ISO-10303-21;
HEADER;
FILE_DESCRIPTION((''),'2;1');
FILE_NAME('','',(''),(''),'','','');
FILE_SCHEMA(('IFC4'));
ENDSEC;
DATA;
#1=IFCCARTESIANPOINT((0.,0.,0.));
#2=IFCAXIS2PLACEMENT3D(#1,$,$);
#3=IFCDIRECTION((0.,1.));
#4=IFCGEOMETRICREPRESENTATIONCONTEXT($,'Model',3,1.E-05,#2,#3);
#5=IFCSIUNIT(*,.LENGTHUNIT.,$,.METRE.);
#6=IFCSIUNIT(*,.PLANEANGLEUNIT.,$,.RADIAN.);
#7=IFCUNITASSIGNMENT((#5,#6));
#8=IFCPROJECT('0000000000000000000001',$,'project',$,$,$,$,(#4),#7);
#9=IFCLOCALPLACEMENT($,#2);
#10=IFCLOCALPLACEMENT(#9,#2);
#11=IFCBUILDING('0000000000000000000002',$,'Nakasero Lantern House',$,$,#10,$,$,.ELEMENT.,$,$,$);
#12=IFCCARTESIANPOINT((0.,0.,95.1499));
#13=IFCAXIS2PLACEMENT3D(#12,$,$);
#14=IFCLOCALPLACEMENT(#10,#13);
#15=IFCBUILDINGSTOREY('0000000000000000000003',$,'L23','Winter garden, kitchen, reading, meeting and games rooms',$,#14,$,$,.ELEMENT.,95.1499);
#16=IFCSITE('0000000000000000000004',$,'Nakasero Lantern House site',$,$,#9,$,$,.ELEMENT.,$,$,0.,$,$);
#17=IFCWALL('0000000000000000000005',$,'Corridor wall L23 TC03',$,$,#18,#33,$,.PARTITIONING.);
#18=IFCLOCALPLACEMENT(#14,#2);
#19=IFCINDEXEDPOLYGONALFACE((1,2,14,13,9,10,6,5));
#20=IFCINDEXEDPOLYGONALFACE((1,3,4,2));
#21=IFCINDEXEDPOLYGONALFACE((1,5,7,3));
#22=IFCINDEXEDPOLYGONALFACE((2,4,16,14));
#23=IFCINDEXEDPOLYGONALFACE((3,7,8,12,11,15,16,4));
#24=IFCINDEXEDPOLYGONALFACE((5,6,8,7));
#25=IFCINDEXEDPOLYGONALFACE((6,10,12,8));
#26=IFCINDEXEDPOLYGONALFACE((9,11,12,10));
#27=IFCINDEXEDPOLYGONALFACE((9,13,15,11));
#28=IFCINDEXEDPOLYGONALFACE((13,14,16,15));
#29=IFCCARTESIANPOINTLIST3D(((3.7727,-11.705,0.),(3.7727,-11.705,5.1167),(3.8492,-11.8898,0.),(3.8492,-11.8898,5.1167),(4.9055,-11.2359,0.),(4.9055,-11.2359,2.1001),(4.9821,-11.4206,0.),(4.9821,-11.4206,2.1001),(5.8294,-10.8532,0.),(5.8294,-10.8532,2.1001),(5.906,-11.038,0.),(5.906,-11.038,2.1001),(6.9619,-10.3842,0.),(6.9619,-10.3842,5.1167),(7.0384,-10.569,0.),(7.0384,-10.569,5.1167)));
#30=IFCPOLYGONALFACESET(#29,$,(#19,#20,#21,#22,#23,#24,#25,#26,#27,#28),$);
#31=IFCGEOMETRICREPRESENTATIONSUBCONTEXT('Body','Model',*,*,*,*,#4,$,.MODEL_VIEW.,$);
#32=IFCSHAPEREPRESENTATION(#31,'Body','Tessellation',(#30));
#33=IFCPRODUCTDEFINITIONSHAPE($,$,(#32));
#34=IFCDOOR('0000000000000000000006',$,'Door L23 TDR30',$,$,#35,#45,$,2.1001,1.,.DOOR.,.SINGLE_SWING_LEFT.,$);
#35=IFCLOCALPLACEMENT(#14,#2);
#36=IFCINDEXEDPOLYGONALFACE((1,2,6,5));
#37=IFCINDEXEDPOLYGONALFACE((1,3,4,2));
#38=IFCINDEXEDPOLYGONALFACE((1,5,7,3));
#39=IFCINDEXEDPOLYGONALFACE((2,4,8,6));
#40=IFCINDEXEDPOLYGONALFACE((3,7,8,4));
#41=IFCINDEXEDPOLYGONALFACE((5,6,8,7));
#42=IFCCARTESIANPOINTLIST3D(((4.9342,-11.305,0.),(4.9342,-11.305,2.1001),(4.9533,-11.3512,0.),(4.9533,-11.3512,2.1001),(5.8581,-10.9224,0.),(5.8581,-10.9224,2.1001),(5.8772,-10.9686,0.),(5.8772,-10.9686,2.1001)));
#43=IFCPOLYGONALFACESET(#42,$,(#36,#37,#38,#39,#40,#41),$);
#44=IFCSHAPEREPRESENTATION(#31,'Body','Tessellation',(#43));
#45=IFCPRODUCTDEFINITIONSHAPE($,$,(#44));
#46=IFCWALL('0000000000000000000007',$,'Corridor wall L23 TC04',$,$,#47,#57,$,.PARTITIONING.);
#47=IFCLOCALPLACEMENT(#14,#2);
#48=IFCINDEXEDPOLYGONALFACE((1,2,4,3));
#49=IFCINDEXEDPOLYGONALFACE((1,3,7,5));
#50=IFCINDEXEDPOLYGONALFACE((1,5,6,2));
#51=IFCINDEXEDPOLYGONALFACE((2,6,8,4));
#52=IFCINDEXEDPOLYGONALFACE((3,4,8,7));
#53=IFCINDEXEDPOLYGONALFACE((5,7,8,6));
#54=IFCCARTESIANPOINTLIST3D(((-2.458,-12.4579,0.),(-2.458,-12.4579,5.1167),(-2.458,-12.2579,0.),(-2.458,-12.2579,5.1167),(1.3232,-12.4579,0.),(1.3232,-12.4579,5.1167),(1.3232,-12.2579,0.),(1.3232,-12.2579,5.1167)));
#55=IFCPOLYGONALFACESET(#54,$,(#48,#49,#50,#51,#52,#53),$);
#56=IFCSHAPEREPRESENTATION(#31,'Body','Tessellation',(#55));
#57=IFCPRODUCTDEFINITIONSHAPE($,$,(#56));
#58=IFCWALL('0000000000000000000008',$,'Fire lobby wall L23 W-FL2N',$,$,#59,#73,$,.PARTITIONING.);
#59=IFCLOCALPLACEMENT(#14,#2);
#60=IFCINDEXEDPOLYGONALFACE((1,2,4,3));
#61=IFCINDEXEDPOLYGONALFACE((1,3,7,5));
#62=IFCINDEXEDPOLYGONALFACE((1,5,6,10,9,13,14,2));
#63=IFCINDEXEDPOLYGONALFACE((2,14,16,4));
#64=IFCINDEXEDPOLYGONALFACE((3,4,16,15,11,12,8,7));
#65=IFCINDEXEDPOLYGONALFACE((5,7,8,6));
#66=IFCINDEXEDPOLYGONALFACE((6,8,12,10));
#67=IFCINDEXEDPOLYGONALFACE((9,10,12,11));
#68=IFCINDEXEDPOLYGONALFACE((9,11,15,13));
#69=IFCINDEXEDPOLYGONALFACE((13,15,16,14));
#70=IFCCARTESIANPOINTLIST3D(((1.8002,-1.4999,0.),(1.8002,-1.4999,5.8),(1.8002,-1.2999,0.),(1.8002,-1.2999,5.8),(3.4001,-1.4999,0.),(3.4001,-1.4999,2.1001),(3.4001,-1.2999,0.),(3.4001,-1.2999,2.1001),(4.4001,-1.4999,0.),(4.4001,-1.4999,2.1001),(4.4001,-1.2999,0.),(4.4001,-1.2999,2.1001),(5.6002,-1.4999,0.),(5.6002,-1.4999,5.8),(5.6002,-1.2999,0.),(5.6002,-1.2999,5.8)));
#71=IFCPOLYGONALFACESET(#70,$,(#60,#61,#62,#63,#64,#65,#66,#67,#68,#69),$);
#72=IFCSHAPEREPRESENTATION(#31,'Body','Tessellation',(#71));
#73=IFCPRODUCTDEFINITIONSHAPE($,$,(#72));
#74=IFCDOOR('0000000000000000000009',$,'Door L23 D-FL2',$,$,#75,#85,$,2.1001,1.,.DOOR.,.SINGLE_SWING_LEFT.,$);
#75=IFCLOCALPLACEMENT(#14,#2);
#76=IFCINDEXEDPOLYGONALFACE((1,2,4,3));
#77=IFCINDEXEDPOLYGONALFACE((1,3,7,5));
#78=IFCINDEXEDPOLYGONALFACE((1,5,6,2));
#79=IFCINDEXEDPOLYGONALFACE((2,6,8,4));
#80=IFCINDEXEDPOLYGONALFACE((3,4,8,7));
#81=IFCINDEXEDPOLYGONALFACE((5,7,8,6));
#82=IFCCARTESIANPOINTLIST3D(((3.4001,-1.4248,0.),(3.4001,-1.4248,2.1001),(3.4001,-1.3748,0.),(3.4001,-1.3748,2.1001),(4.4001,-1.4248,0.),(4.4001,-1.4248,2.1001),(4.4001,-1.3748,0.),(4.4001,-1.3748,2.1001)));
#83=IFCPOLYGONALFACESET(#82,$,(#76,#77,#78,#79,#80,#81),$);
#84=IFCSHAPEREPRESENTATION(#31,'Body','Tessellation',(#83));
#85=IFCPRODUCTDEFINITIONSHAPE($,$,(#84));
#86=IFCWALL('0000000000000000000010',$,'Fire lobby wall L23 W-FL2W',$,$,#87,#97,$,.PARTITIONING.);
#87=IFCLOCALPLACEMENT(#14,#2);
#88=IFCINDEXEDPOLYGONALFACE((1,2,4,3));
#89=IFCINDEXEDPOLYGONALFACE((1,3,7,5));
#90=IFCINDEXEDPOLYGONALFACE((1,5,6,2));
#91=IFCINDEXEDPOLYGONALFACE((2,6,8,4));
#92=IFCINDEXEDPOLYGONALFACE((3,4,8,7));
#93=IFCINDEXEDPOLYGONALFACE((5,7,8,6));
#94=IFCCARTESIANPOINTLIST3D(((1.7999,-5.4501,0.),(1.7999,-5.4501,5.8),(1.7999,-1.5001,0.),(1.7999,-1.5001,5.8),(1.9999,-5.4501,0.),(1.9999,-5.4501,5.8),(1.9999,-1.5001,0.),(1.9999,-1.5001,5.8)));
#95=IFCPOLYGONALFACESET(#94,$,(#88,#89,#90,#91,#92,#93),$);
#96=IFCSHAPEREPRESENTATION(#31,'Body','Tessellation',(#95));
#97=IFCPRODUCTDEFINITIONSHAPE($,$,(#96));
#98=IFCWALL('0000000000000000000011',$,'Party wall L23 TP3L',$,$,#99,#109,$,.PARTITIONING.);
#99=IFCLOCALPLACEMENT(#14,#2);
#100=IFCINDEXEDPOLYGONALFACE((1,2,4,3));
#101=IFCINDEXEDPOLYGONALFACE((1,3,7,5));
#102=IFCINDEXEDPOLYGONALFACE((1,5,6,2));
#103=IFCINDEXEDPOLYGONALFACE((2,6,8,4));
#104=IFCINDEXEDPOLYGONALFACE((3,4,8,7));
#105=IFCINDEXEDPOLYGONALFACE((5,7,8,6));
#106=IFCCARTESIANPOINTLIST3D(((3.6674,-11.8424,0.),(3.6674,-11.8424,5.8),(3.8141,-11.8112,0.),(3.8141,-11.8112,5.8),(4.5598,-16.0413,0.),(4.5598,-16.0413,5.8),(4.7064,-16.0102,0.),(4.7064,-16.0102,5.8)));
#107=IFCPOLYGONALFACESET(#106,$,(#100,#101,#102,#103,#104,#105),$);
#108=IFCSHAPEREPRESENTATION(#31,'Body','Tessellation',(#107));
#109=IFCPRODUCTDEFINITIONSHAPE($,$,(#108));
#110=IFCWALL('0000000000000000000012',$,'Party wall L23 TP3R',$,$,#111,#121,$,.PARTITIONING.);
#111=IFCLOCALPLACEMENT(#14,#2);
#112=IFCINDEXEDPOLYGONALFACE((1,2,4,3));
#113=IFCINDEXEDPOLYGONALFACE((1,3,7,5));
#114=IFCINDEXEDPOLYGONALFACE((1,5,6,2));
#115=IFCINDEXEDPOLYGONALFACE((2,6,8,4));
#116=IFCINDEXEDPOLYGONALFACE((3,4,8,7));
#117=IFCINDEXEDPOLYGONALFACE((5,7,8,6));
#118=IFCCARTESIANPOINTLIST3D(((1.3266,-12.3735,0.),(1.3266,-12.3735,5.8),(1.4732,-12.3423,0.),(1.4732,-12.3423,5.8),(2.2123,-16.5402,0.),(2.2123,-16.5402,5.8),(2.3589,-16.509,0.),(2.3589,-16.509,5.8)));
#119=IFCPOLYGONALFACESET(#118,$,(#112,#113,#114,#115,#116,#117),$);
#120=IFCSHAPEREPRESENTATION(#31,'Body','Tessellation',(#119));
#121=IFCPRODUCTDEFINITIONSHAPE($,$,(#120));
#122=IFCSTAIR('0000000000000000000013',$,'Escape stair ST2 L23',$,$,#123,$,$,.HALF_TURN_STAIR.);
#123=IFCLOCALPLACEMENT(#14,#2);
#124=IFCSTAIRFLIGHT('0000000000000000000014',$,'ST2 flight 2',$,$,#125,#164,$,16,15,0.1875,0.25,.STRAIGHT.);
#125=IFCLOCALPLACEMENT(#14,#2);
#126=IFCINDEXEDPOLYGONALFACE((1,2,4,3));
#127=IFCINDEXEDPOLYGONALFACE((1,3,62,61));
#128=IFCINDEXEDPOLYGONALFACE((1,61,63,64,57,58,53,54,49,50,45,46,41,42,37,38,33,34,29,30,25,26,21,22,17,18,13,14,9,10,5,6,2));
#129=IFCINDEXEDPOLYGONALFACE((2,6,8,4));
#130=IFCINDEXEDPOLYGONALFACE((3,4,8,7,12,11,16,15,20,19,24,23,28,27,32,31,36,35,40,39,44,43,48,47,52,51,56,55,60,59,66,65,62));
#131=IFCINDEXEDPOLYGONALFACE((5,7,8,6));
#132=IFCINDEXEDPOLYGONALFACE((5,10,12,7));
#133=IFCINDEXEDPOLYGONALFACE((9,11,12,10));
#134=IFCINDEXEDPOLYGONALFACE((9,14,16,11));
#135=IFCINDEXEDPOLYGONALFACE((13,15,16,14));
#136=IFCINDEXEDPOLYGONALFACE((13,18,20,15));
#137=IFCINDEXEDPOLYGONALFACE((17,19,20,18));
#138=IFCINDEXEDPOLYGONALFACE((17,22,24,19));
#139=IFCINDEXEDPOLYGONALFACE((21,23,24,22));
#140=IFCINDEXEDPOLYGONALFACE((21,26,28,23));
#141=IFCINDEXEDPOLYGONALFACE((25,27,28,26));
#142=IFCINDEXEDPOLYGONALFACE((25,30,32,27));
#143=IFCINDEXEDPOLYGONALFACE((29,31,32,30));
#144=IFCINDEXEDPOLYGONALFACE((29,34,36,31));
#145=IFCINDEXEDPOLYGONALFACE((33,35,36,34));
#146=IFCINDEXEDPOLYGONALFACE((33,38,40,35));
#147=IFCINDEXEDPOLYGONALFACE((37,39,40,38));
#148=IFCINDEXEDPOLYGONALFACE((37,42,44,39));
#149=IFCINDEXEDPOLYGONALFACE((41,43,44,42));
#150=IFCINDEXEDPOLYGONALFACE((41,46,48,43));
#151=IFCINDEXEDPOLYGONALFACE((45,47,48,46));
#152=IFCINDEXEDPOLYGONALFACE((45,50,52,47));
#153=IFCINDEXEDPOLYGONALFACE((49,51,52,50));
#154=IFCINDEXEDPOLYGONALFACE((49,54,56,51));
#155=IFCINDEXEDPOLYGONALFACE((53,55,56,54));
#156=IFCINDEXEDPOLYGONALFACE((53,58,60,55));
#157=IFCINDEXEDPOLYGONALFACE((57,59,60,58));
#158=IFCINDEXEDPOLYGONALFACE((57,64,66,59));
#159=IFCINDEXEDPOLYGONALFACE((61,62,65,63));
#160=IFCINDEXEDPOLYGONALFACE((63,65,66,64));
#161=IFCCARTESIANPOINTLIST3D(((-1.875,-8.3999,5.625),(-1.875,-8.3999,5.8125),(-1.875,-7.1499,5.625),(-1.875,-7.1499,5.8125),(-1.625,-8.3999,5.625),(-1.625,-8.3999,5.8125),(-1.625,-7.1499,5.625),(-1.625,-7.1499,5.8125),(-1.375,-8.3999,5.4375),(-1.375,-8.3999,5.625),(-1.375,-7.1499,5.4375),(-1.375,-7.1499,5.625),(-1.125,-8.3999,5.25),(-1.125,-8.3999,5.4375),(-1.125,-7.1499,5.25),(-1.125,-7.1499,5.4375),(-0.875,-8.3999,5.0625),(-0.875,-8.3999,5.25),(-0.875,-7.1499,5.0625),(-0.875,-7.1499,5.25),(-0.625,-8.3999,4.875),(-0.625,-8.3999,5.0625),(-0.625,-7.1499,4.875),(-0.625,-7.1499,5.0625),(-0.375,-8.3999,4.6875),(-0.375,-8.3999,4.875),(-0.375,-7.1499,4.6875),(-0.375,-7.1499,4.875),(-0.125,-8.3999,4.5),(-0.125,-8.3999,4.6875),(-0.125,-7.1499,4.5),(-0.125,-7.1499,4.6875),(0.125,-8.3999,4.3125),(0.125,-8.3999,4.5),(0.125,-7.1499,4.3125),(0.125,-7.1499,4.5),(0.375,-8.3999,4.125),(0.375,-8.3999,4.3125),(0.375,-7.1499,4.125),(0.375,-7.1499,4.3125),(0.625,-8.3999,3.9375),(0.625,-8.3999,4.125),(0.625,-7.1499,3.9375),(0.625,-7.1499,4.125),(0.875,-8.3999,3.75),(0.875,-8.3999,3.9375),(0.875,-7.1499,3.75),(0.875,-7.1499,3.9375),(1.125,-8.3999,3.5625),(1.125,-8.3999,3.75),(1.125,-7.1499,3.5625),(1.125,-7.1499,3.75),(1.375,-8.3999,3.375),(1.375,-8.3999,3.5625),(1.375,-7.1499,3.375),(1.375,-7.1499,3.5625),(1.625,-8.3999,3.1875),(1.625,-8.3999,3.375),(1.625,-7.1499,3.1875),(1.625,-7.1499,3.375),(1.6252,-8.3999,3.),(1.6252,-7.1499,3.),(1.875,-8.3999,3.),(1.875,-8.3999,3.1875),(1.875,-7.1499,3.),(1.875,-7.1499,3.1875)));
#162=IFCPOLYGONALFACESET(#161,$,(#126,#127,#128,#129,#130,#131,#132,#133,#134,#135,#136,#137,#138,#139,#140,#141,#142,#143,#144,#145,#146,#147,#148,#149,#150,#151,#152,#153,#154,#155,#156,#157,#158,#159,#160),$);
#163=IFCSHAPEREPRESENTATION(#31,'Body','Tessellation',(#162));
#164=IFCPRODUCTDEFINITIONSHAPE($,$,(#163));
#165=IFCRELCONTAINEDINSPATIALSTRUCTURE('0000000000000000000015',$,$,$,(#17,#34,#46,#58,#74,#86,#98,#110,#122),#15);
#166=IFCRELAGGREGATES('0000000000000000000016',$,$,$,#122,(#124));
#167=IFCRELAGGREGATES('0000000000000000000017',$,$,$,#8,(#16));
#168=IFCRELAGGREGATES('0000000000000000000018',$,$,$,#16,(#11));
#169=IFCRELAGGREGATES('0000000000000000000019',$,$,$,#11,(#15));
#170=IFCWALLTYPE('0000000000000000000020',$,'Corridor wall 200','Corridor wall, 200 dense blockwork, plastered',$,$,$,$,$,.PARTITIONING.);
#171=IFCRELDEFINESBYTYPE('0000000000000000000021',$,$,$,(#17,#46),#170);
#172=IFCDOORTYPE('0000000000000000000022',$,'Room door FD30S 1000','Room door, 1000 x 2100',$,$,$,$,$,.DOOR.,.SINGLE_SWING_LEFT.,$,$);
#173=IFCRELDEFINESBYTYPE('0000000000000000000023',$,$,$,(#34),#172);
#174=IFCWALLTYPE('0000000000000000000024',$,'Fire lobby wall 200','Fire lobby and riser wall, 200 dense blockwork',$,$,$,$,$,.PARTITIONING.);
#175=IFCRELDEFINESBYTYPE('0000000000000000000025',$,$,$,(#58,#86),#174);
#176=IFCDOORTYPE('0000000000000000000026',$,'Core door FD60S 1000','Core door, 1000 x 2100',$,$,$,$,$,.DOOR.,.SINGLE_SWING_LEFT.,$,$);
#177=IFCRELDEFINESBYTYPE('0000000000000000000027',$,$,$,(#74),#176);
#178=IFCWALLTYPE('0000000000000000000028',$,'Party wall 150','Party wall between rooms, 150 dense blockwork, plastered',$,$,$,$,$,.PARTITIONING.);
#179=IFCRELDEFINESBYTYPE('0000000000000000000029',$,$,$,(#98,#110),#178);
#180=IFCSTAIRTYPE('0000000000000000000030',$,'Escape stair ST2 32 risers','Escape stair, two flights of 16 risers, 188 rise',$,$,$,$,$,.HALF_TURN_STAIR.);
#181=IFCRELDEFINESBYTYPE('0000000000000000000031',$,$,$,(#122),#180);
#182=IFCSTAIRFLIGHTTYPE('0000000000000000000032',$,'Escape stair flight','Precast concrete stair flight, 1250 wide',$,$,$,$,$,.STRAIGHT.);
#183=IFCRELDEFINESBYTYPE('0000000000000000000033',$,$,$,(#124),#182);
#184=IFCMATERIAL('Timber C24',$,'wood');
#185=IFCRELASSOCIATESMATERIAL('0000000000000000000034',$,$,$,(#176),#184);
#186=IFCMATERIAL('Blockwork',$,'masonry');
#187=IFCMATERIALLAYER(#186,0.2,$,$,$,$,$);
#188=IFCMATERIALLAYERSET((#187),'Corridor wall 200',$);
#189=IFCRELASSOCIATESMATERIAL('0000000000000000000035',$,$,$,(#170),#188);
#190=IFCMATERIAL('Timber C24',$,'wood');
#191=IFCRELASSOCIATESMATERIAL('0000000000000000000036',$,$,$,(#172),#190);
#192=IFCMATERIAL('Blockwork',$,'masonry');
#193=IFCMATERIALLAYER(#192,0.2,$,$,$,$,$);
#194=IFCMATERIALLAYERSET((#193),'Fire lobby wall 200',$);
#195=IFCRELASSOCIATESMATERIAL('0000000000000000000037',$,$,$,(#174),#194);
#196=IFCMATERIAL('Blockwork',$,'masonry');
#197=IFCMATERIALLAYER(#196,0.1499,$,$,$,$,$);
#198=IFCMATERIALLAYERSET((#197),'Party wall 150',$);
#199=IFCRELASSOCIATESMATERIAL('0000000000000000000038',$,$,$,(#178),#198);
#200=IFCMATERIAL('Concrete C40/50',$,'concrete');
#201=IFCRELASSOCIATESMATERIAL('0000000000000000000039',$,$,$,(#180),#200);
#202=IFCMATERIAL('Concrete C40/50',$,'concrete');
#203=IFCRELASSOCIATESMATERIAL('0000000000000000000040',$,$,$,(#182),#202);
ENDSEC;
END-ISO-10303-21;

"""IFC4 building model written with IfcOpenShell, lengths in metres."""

from ifc_helpers import new_model, si_unit, direction, frame, frame_2d, origin, place, context, subcontext, project, spatial, polyline, rectangle, outline, extrude, material, layer, layer_set, type_object, element, fill, aggregate, save


model = new_model("IFC4")

# Units and contexts
model_context = context("Model", 3, precision=1e-05, world=origin(), true_north=direction((0.0, 1.0)))
body_context = subcontext(model_context, "Body", "Model", "MODEL_VIEW")
ifc_project = project(units=[si_unit("LENGTHUNIT", "METRE"), si_unit("PLANEANGLEUNIT", "RADIAN")], contexts=[model_context])

# Site, building, storey
site_placement = place(None, origin())
site = spatial("IfcSite", under=ifc_project, at=site_placement, Name="Nakasero Lantern House site", CompositionType="ELEMENT", RefElevation=0.0)
building_placement = place(site_placement, origin())
building = spatial("IfcBuilding", under=site, at=building_placement, Name="Nakasero Lantern House", CompositionType="ELEMENT")
storey_placement = place(building_placement, frame((0.0, 0.0, 95.1499)))
storey = spatial("IfcBuildingStorey", under=building, at=storey_placement, Name="L23", Description="Winter garden, kitchen, reading, meeting and games rooms", CompositionType="ELEMENT", Elevation=95.1499)

# Wall, opening, door
ifc_material_1 = material(Name="Timber C24", Category="wood")
door_type_1 = type_object("IfcDoorType", Name="Core door FD60S 1000", Description="Core door, 1000 x 2100", OperationType="SINGLE_SWING_LEFT", PredefinedType="DOOR", material=ifc_material_1)
ifc_material_2 = material(Name="Blockwork", Category="masonry")
ifc_layer_1 = layer(ifc_material_2, 0.2)
ifc_layer_set_1 = layer_set([ifc_layer_1], Name="Corridor wall 200")
wall_type_1 = type_object("IfcWallType", Name="Corridor wall 200", Description="Corridor wall, 200 dense blockwork, plastered", PredefinedType="PARTITIONING", material=ifc_layer_set_1)
wall_1_placement = place(storey_placement, frame((7.0002, -10.4766, 0.0), z_axis=(0.0, 0.0, 1.0), x_axis=(-0.923901, -0.382631, 0.0)))
wall_1 = element("IfcWall", 1, at=wall_1_placement, inside=storey, type_object=wall_type_1, Name="Corridor wall L23 TC03", PredefinedType="PARTITIONING", context=body_context, shape_type="SweptSolid", body=[
    extrude(rectangle(XDim=3.4519, YDim=0.2, at=frame_2d((1.7261, 0.0))), origin(), (0.0, 0.0, 1.0), 5.1167),
])
opening_1_placement = place(wall_1_placement, frame((1.2258, 0.0, 0.0)))
opening_1 = element("IfcOpeningElement", 2, at=opening_1_placement, cuts=wall_1, PredefinedType="OPENING", context=body_context, shape_type="SweptSolid", body=[
    extrude(rectangle(XDim=1.0, YDim=2.1001, at=frame_2d((0.5, 1.05))), frame((0.0, 0.1199, 0.0), z_axis=(0.0, -1.0, 0.0), x_axis=(1.0, 0.0, 0.0)), (0.0, 0.0, 1.0), 0.24),
])
ifc_material_3 = material(Name="Timber C24", Category="wood")
door_type_2 = type_object("IfcDoorType", Name="Room door FD30S 1000", Description="Room door, 1000 x 2100", OperationType="SINGLE_SWING_LEFT", PredefinedType="DOOR", material=ifc_material_3)
door_1_placement = place(opening_1_placement, origin())
door_1 = element("IfcDoor", 3, at=door_1_placement, inside=storey, type_object=door_type_2, Name="Door L23 TDR30", OperationType="SINGLE_SWING_LEFT", OverallHeight=2.1001, OverallWidth=1.0, PredefinedType="DOOR", context=body_context, shape_type="SweptSolid", body=[
    extrude(rectangle(XDim=1.0, YDim=2.1001, at=frame_2d((0.5, 1.05))), frame((0.0, 0.0249, 0.0), z_axis=(0.0, -1.0, 0.0), x_axis=(1.0, 0.0, 0.0)), (0.0, 0.0, 1.0), 0.05),
])
fill(opening_1, door_1)

# Wall
wall_2_placement = place(storey_placement, frame((1.3232, -12.3579, 0.0), z_axis=(0.0, 0.0, 1.0), x_axis=(-1.0, 0.0, 0.0)))
element("IfcWall", 4, at=wall_2_placement, inside=storey, type_object=wall_type_1, Name="Corridor wall L23 TC04", PredefinedType="PARTITIONING", context=body_context, shape_type="SweptSolid", body=[
    extrude(rectangle(XDim=3.7812, YDim=0.2, at=frame_2d((1.8906, 0.0))), origin(), (0.0, 0.0, 1.0), 5.1167),
])

# Wall, opening, door
ifc_material_4 = material(Name="Blockwork", Category="masonry")
ifc_layer_2 = layer(ifc_material_4, 0.2)
ifc_layer_set_2 = layer_set([ifc_layer_2], Name="Fire lobby wall 200")
wall_type_2 = type_object("IfcWallType", Name="Fire lobby wall 200", Description="Fire lobby and riser wall, 200 dense blockwork", PredefinedType="PARTITIONING", material=ifc_layer_set_2)
wall_3_placement = place(storey_placement, frame((5.6001, -1.3999, 0.0), z_axis=(0.0, 0.0, 1.0), x_axis=(-1.0, 0.0, 0.0)))
wall_3 = element("IfcWall", 5, at=wall_3_placement, inside=storey, type_object=wall_type_2, Name="Fire lobby wall L23 W-FL2N", PredefinedType="PARTITIONING", context=body_context, shape_type="SweptSolid", body=[
    extrude(rectangle(XDim=3.8, YDim=0.2, at=frame_2d((1.8999, 0.0))), origin(), (0.0, 0.0, 1.0), 5.8),
])
opening_2_placement = place(wall_3_placement, frame((1.2, 0.0, 0.0)))
opening_2 = element("IfcOpeningElement", 6, at=opening_2_placement, cuts=wall_3, PredefinedType="OPENING", context=body_context, shape_type="SweptSolid", body=[
    extrude(rectangle(XDim=1.0, YDim=2.1001, at=frame_2d((0.5, 1.05))), frame((0.0, 0.1199, 0.0), z_axis=(0.0, -1.0, 0.0), x_axis=(1.0, 0.0, 0.0)), (0.0, 0.0, 1.0), 0.24),
])
door_2_placement = place(opening_2_placement, origin())
door_2 = element("IfcDoor", 7, at=door_2_placement, inside=storey, type_object=door_type_1, Name="Door L23 D-FL2", OperationType="SINGLE_SWING_LEFT", OverallHeight=2.1001, OverallWidth=1.0, PredefinedType="DOOR", context=body_context, shape_type="SweptSolid", body=[
    extrude(rectangle(XDim=1.0, YDim=2.1001, at=frame_2d((0.5, 1.05))), frame((0.0, 0.0249, 0.0), z_axis=(0.0, -1.0, 0.0), x_axis=(1.0, 0.0, 0.0)), (0.0, 0.0, 1.0), 0.05),
])
fill(opening_2, door_2)

# Walls
wall_4_placement = place(storey_placement, frame((1.8999, -1.5, 0.0), z_axis=(0.0, 0.0, 1.0), x_axis=(0.0, -1.0, 0.0)))
element("IfcWall", 8, at=wall_4_placement, inside=storey, type_object=wall_type_2, Name="Fire lobby wall L23 W-FL2W", PredefinedType="PARTITIONING", context=body_context, shape_type="SweptSolid", body=[
    extrude(rectangle(XDim=3.95, YDim=0.2, at=frame_2d((1.9751, 0.0))), origin(), (0.0, 0.0, 1.0), 5.8),
])
ifc_material_5 = material(Name="Blockwork", Category="masonry")
ifc_layer_3 = layer(ifc_material_5, 0.1499)
ifc_layer_set_3 = layer_set([ifc_layer_3], Name="Party wall 150")
wall_type_3 = type_object("IfcWallType", Name="Party wall 150", Description="Party wall between rooms, 150 dense blockwork, plastered", PredefinedType="PARTITIONING", material=ifc_layer_set_3)
wall_5_placement = place(storey_placement, frame((3.7407, -11.8267, 0.0), z_axis=(0.0, 0.0, 1.0), x_axis=(0.20787, -0.978156, 0.0)))
element("IfcWall", 9, at=wall_5_placement, inside=storey, type_object=wall_type_3, Name="Party wall L23 TP3L", PredefinedType="PARTITIONING", context=body_context, shape_type="SweptSolid", body=[
    extrude(rectangle(XDim=4.2927, YDim=0.1499, at=frame_2d((2.1465, 0.0))), origin(), (0.0, 0.0, 1.0), 5.8),
])
wall_6_placement = place(storey_placement, frame((1.3999, -12.3579, 0.0), z_axis=(0.0, 0.0, 1.0), x_axis=(0.207928, -0.978144, 0.0)))
element("IfcWall", 10, at=wall_6_placement, inside=storey, type_object=wall_type_3, Name="Party wall L23 TP3R", PredefinedType="PARTITIONING", context=body_context, shape_type="SweptSolid", body=[
    extrude(rectangle(XDim=4.2598, YDim=0.1499, at=frame_2d((2.1299, 0.0))), origin(), (0.0, 0.0, 1.0), 5.8),
])

# Stair, stair flight
ifc_material_6 = material(Name="Concrete C40/50", Category="concrete")
stair_type = type_object("IfcStairType", Name="Escape stair ST2 32 risers", Description="Escape stair, two flights of 16 risers, 188 rise", PredefinedType="HALF_TURN_STAIR", material=ifc_material_6)
stair_placement = place(storey_placement, origin())
stair = element("IfcStair", 11, at=stair_placement, inside=storey, type_object=stair_type, Name="Escape stair ST2 L23", PredefinedType="HALF_TURN_STAIR")
ifc_material_7 = material(Name="Concrete C40/50", Category="concrete")
stair_flight_type = type_object("IfcStairFlightType", Name="Escape stair flight", Description="Precast concrete stair flight, 1250 wide", PredefinedType="STRAIGHT", material=ifc_material_7)
stair_flight_placement = place(storey_placement, frame((1.875, -7.7749, 3.0), z_axis=(0.0, 0.0, 1.0), x_axis=(-1.0, 0.0, 0.0)))
stair_flight = element("IfcStairFlight", 12, at=stair_flight_placement, type_object=stair_flight_type, Name="ST2 flight 2", NumberOfRisers=16, NumberOfTreads=15, PredefinedType="STRAIGHT", RiserHeight=0.1875, TreadLength=0.25, context=body_context, shape_type="SweptSolid", body=[
    extrude(outline(polyline([(0.0, 0.0), (0.0, 0.1875), (0.25, 0.1875), (0.25, 0.375), (0.5, 0.375), (0.5, 0.5625), (0.75, 0.5625), (0.75, 0.75), (1.0, 0.75), (1.0, 0.9375), (1.25, 0.9375), (1.25, 1.125), (1.5, 1.125), (1.5, 1.3125), (1.75, 1.3125), (1.75, 1.5), (2.0, 1.5), (2.0, 1.6875), (2.25, 1.6875), (2.25, 1.875), (2.5, 1.875), (2.5, 2.0625), (2.75, 2.0625), (2.75, 2.25), (3.0, 2.25), (3.0, 2.4375), (3.25, 2.4375), (3.25, 2.625), (3.5, 2.625), (3.5, 2.8125), (3.75, 2.8125), (3.75, 3.0), (3.75, 2.625), (0.2498, 0.0), (0.0, 0.0)])), frame((0.0, 0.625, 0.0), z_axis=(0.0, -1.0, 0.0), x_axis=(1.0, 0.0, 0.0)), (0.0, 0.0, 1.0), 1.25),
])
aggregate(stair, [stair_flight])

save(model, "model.ifc")
